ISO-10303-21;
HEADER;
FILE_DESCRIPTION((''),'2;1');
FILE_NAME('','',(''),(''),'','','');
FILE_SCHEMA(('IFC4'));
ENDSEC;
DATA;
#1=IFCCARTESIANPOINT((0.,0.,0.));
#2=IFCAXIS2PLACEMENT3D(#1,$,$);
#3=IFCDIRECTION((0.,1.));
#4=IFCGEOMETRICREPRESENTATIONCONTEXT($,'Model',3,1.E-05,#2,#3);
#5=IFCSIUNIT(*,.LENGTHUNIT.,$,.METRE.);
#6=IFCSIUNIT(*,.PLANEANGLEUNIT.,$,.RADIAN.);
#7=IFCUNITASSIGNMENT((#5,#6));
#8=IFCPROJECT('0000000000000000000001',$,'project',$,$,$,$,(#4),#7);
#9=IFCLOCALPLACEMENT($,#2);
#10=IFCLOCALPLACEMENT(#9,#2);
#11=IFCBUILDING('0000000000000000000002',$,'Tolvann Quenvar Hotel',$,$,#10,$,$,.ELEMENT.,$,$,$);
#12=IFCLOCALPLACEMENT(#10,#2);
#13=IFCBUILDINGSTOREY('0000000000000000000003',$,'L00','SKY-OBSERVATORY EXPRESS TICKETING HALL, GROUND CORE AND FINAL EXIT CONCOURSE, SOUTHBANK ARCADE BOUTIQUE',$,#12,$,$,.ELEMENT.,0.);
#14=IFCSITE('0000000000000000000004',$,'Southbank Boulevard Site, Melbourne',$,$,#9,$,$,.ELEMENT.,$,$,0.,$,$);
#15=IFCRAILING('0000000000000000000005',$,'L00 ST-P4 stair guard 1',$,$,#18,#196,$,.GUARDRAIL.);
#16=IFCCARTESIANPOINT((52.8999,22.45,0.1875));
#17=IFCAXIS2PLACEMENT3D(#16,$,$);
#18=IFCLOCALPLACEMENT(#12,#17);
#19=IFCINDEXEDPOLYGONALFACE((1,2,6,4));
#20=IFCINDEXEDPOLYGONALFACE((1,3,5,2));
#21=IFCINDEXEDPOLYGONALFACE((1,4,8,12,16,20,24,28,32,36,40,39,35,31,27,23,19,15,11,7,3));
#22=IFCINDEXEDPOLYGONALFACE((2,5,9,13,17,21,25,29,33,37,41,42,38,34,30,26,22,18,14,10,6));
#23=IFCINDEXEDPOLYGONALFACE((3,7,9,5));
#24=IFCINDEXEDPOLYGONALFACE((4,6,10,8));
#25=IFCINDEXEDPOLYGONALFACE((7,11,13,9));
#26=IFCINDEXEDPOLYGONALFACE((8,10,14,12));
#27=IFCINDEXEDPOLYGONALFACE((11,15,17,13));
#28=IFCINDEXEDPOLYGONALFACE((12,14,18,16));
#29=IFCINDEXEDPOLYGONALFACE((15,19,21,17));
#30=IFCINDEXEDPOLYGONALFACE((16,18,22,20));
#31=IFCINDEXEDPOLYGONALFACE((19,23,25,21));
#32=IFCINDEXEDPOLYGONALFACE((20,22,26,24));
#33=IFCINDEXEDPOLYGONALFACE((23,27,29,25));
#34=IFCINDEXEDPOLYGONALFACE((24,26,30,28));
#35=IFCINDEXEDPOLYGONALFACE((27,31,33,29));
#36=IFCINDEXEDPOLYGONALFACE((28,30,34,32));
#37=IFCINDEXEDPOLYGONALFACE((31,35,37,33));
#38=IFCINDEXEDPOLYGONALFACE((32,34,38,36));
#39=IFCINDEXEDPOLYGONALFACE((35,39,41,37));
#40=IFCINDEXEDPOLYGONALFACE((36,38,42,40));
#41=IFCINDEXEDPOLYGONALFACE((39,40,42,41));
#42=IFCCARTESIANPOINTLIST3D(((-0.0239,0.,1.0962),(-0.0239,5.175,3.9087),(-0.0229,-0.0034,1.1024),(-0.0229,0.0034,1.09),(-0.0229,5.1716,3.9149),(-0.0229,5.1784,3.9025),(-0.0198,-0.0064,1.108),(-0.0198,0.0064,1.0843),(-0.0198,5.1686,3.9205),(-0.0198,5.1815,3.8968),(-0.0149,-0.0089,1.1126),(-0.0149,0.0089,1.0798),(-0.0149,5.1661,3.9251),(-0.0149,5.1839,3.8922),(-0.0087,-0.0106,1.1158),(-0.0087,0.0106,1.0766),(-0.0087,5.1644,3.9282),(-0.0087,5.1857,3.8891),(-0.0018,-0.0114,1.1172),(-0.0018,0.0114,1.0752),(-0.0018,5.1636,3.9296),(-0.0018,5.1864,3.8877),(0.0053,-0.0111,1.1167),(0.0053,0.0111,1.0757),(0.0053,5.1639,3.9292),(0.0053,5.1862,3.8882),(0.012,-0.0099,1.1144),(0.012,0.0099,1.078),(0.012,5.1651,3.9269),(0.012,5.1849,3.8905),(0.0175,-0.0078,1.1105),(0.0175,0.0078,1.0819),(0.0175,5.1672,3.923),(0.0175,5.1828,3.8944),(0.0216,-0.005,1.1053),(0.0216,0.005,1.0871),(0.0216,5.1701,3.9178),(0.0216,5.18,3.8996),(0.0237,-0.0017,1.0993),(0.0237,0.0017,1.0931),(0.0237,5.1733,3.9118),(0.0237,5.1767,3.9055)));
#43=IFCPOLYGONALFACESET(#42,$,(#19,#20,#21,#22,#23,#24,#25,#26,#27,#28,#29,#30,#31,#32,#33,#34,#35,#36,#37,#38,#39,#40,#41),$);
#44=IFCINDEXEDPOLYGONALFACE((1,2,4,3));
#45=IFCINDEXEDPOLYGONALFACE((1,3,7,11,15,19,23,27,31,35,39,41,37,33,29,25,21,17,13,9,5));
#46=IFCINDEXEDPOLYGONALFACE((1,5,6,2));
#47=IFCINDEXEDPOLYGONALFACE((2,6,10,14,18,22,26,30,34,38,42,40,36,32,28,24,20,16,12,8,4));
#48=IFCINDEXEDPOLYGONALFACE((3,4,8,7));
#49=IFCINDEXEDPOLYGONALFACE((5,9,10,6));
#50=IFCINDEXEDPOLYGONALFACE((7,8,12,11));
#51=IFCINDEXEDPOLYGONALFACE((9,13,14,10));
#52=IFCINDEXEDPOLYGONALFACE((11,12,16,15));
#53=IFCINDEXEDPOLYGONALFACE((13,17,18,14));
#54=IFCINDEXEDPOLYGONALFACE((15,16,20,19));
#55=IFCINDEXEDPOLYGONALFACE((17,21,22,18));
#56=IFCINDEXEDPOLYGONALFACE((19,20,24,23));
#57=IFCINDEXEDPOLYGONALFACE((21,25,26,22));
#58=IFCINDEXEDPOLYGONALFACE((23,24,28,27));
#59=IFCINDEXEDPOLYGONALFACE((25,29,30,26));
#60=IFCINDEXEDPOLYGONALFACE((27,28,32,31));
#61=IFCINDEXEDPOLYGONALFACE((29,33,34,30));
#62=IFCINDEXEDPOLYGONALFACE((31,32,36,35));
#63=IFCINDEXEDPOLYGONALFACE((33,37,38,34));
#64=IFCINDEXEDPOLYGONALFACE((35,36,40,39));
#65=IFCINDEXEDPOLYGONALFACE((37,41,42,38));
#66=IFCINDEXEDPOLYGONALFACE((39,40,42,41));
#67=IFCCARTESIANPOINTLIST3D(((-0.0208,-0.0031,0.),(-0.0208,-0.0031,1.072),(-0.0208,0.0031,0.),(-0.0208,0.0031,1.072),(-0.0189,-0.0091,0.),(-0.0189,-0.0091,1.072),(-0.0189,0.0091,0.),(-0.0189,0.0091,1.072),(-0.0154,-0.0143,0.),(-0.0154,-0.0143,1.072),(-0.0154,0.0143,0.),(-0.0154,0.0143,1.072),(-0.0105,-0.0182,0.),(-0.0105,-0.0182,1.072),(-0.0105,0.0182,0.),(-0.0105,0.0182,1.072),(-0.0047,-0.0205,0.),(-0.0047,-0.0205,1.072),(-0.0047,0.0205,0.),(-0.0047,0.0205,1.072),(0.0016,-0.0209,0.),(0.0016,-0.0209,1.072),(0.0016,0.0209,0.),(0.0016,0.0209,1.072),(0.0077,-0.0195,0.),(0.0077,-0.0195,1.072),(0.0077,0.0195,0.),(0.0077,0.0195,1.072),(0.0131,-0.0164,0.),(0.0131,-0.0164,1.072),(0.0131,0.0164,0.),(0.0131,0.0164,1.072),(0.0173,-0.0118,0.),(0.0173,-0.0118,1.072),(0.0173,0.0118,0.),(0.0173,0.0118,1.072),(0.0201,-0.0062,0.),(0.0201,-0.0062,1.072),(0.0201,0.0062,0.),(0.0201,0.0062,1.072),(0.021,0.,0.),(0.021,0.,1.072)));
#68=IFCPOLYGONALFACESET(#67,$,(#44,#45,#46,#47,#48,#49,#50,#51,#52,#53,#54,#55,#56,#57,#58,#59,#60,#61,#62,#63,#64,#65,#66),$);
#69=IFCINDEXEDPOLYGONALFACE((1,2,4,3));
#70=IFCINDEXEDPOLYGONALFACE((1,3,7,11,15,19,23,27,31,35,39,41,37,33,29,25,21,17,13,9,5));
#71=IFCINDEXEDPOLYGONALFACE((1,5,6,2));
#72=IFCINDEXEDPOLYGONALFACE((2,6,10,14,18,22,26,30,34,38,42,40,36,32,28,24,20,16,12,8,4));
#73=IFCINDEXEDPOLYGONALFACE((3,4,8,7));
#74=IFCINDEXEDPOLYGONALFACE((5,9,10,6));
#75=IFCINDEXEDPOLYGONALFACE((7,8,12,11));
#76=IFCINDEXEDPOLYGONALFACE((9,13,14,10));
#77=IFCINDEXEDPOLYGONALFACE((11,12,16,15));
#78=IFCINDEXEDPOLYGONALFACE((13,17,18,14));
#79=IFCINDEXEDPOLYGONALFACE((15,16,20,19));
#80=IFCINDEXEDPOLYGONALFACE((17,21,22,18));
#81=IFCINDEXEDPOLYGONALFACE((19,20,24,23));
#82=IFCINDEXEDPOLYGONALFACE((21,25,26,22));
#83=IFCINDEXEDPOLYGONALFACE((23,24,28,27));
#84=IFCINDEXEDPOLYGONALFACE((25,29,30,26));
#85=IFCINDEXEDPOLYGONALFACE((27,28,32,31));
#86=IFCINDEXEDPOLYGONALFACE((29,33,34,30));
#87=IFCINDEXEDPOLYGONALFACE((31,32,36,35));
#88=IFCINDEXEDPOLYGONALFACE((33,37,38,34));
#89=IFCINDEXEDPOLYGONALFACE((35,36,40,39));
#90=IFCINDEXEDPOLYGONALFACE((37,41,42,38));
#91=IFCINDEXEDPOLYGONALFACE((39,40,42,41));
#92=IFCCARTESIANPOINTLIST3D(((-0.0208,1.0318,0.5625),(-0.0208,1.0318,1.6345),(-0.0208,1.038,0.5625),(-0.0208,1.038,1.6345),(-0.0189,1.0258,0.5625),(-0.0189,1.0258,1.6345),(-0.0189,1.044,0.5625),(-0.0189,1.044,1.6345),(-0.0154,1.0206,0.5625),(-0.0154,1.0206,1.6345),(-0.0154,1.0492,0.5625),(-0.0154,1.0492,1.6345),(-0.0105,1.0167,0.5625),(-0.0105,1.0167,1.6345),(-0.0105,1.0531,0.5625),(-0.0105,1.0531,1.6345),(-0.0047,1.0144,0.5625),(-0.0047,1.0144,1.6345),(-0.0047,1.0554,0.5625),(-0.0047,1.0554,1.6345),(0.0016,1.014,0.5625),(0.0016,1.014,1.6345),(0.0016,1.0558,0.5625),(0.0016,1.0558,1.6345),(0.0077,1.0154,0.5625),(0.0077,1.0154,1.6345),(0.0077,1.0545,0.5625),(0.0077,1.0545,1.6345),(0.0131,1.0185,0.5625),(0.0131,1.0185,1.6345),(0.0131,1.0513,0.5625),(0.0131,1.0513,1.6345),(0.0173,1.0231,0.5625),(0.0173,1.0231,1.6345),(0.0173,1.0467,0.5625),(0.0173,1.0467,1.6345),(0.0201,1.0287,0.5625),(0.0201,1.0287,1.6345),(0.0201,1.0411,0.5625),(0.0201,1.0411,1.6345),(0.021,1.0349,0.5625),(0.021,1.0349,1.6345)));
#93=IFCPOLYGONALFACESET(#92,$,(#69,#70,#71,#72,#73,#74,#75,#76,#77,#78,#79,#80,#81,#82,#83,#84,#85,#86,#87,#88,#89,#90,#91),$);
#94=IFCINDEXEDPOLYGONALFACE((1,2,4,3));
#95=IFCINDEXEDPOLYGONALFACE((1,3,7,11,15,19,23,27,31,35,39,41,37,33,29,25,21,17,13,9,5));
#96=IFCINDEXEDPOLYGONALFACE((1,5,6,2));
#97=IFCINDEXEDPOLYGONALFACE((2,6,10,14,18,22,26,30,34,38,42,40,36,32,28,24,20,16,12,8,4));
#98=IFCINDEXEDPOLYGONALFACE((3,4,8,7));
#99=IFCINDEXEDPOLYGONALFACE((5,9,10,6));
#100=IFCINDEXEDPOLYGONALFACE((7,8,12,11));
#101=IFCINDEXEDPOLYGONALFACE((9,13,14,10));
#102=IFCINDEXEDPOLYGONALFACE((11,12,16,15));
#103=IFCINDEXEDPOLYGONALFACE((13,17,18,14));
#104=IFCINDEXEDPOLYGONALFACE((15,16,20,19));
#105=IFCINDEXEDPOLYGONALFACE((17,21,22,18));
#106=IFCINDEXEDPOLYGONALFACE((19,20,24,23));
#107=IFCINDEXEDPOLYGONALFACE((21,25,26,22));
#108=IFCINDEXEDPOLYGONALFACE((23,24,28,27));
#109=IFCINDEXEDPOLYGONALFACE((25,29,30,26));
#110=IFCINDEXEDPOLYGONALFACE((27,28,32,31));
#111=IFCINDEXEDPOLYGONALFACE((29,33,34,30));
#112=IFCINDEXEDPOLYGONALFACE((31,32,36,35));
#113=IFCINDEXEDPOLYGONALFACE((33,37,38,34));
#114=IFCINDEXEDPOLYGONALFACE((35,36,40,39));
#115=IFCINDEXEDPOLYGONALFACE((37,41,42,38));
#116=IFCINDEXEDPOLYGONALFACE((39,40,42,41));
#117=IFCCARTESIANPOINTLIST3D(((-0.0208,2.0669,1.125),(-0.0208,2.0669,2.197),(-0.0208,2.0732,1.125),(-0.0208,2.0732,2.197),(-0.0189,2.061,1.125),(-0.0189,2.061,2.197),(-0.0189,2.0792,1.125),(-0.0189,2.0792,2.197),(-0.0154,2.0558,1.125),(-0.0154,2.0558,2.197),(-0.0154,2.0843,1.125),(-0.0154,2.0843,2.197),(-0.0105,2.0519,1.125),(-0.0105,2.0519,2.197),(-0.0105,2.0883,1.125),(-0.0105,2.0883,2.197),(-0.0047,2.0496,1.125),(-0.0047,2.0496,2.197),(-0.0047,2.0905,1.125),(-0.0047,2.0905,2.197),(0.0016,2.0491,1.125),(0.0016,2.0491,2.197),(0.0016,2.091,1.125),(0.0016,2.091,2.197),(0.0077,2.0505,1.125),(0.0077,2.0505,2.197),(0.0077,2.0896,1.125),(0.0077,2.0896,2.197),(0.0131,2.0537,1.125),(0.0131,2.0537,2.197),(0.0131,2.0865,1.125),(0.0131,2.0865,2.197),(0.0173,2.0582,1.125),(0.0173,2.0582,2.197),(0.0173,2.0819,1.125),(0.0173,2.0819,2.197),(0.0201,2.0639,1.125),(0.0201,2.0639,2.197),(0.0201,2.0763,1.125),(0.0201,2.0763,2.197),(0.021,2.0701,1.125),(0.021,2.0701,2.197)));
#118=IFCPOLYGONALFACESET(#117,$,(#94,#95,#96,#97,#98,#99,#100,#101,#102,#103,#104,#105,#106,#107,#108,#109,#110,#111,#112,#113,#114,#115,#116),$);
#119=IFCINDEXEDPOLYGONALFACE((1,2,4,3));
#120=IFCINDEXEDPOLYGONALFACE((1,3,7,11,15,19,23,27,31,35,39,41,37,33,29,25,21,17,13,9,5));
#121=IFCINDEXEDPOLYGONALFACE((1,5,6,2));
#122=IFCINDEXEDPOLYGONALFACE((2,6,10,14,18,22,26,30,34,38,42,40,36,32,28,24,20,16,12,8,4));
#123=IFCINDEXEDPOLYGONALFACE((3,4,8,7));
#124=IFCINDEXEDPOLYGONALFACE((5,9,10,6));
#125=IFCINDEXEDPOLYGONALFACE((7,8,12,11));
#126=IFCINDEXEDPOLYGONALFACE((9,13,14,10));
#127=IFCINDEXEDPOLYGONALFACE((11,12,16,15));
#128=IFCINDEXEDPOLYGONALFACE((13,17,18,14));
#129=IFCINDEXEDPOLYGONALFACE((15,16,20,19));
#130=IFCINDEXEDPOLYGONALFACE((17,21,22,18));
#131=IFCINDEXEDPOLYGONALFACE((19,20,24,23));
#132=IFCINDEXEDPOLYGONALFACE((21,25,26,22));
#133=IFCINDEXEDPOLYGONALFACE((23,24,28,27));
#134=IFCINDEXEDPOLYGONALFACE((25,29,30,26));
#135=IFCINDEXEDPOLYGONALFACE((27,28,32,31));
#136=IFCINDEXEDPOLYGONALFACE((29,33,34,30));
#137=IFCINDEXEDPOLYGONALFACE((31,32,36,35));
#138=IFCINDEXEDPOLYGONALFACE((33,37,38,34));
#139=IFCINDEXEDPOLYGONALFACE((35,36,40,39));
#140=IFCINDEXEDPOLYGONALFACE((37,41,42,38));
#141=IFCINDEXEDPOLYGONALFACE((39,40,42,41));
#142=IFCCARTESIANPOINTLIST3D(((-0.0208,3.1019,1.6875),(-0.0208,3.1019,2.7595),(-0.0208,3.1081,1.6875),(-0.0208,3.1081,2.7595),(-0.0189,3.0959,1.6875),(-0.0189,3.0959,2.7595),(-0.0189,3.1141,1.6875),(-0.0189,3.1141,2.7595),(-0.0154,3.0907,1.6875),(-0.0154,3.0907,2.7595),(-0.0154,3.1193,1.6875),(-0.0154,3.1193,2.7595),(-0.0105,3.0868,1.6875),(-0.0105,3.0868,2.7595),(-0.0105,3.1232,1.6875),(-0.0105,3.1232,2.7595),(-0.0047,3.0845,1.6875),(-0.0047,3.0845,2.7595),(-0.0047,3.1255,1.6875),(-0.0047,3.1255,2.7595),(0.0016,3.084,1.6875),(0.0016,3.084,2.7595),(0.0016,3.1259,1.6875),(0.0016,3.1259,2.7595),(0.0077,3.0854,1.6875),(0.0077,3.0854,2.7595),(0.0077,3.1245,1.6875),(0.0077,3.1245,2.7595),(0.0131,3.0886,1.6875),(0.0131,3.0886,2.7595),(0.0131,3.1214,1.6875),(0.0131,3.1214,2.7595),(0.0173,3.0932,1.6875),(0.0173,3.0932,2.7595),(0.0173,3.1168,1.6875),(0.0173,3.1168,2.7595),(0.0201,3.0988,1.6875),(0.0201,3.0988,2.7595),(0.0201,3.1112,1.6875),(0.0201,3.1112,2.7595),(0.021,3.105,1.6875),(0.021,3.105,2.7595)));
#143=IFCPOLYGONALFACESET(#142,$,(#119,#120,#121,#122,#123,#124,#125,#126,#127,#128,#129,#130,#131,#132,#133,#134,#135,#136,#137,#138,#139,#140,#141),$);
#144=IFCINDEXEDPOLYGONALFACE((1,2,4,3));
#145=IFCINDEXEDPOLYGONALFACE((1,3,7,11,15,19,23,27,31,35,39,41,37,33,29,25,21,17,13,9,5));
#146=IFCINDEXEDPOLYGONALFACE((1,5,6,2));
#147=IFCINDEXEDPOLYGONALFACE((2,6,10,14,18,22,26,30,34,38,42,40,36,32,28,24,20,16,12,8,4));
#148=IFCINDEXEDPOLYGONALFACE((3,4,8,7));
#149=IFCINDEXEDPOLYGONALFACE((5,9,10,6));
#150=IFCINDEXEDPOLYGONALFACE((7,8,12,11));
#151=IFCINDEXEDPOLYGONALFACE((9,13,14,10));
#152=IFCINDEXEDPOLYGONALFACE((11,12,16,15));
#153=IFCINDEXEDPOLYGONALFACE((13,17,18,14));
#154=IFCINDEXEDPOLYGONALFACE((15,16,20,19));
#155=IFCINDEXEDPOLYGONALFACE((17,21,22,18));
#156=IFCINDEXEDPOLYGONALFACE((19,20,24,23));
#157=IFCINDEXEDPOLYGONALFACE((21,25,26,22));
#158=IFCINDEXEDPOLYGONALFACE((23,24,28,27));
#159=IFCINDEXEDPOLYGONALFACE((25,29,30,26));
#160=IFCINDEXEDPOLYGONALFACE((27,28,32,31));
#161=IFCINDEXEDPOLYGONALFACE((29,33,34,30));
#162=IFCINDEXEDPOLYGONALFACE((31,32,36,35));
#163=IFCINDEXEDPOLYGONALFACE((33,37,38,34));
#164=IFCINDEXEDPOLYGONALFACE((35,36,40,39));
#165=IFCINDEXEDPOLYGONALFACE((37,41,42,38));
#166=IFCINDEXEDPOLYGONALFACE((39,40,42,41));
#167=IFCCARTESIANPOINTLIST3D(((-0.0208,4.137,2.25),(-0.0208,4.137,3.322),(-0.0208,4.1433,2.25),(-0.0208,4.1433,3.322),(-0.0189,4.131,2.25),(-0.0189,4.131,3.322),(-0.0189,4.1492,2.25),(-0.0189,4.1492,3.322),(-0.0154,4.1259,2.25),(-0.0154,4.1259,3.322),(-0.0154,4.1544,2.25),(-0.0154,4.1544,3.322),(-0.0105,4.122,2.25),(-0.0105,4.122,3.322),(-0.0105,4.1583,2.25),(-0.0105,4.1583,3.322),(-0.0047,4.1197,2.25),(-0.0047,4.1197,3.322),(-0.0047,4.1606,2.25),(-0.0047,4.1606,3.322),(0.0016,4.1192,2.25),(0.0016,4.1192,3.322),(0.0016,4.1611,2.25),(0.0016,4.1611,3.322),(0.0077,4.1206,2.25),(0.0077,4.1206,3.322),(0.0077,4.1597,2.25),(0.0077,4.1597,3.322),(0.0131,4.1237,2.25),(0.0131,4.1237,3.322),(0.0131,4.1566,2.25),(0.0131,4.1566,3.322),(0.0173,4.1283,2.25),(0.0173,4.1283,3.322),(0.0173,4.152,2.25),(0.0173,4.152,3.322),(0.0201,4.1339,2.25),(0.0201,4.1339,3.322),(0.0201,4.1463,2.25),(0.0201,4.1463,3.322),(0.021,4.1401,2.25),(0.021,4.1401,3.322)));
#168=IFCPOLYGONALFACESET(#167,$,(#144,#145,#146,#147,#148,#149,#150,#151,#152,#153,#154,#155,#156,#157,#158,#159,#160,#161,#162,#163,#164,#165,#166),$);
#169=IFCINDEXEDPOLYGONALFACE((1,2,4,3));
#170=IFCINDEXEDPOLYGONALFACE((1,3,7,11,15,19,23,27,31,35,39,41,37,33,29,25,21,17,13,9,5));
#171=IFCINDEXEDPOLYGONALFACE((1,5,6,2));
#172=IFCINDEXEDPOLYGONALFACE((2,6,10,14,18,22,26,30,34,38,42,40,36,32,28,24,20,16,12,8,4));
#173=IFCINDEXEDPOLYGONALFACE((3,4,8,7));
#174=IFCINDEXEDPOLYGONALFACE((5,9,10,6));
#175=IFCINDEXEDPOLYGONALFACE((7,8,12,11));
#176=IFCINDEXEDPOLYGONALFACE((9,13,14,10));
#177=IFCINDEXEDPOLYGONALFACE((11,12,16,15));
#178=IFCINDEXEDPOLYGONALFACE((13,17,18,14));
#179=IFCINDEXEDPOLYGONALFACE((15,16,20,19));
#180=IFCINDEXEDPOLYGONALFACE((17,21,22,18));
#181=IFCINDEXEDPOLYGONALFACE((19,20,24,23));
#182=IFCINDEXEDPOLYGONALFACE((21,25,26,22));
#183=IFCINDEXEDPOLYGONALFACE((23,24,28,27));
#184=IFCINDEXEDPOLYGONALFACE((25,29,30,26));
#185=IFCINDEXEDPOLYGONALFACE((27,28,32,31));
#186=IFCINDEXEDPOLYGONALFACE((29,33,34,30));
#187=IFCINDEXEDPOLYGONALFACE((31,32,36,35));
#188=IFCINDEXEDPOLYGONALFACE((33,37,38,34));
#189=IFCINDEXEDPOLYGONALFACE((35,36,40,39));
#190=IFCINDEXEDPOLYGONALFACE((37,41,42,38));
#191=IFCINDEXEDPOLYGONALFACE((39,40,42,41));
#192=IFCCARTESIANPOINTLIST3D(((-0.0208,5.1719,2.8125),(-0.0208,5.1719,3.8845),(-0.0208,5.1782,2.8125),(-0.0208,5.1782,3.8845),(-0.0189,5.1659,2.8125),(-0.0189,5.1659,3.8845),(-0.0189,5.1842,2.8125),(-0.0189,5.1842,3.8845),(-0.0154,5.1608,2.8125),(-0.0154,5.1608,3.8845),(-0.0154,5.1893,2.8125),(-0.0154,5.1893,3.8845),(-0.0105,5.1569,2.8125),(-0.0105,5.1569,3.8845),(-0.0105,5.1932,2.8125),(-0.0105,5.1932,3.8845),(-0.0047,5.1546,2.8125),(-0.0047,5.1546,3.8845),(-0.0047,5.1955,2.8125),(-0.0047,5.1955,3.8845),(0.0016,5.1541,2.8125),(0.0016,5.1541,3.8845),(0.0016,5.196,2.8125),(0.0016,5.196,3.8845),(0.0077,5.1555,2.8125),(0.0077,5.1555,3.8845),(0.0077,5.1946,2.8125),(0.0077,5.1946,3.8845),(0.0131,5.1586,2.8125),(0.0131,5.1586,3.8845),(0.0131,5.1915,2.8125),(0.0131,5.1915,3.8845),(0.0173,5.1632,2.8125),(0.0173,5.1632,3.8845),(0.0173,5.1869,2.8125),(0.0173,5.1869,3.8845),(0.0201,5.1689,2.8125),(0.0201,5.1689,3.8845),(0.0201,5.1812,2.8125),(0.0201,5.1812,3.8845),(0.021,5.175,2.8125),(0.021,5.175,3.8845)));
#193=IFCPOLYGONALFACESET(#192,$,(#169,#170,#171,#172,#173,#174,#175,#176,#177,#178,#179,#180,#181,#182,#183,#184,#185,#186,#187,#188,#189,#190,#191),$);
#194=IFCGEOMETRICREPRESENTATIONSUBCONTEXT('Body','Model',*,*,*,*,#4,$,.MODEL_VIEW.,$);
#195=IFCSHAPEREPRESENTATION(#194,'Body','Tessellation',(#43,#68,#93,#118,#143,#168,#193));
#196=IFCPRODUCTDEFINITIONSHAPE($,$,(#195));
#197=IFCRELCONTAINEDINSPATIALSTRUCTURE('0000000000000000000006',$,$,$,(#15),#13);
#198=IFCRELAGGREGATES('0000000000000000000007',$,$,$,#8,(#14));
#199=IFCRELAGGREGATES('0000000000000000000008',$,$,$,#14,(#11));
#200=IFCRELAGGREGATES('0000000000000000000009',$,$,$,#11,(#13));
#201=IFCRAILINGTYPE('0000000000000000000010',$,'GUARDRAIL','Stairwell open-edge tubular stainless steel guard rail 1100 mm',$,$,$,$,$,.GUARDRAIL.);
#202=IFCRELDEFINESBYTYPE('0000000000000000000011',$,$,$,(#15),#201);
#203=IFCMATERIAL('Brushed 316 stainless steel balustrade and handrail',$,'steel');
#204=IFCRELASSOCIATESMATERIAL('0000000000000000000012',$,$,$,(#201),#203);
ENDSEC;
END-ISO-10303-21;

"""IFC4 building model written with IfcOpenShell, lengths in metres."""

from ifc_helpers import new_model, si_unit, direction, frame, origin, origin_2d, place, context, subcontext, project, spatial, circle, extrude, material, type_object, element, save


model = new_model("IFC4")

# Units and contexts
model_context = context("Model", 3, precision=1e-05, world=origin(), true_north=direction((0.0, 1.0)))
body_context = subcontext(model_context, "Body", "Model", "MODEL_VIEW")
ifc_project = project(units=[si_unit("LENGTHUNIT", "METRE"), si_unit("PLANEANGLEUNIT", "RADIAN")], contexts=[model_context])

# Site, building, storey
site_placement = place(None, origin())
site = spatial("IfcSite", under=ifc_project, at=site_placement, Name="Southbank Boulevard Site, Melbourne", CompositionType="ELEMENT", RefElevation=0.0)
building_placement = place(site_placement, origin())
building = spatial("IfcBuilding", under=site, at=building_placement, Name="Tolvann Quenvar Hotel", CompositionType="ELEMENT")
storey_placement = place(building_placement, origin())
storey = spatial("IfcBuildingStorey", under=building, at=storey_placement, Name="L00", Description="SKY-OBSERVATORY EXPRESS TICKETING HALL, GROUND CORE AND FINAL EXIT CONCOURSE, SOUTHBANK ARCADE BOUTIQUE", CompositionType="ELEMENT", Elevation=0.0)

# Railing
ifc_material_1 = material(Name="Brushed 316 stainless steel balustrade and handrail", Category="steel")
railing_type_1 = type_object("IfcRailingType", Name="GUARDRAIL", Description="Stairwell open-edge tubular stainless steel guard rail 1100 mm", PredefinedType="GUARDRAIL", material=ifc_material_1)
railing_1_placement = place(storey_placement, frame((52.8999, 22.45, 0.1875)))
element("IfcRailing", 1, at=railing_1_placement, inside=storey, type_object=railing_type_1, Name="L00 ST-P4 stair guard 1", PredefinedType="GUARDRAIL", context=body_context, shape_type="SweptSolid", body=[
    extrude(circle(Radius=0.0239, at=origin_2d()), frame((0.0, 0.0, 1.0962), z_axis=(0.0, 0.878626, 0.47751), x_axis=(-1.0, 0.0, 0.0)), (0.0, 0.0, 1.0), 5.8899),
    extrude(circle(Radius=0.021, at=origin_2d()), origin(), (0.0, 0.0, 1.0), 1.072),
    extrude(circle(Radius=0.021, at=origin_2d()), frame((0.0, 1.0349, 0.5625)), (0.0, 0.0, 1.0), 1.072),
    extrude(circle(Radius=0.021, at=origin_2d()), frame((0.0, 2.0701, 1.125)), (0.0, 0.0, 1.0), 1.072),
    extrude(circle(Radius=0.021, at=origin_2d()), frame((0.0, 3.105, 1.6875)), (0.0, 0.0, 1.0), 1.072),
    extrude(circle(Radius=0.021, at=origin_2d()), frame((0.0, 4.1401, 2.25)), (0.0, 0.0, 1.0), 1.072),
    extrude(circle(Radius=0.021, at=origin_2d()), frame((0.0, 5.175, 2.8125)), (0.0, 0.0, 1.0), 1.072),
])

save(model, "model.ifc")
